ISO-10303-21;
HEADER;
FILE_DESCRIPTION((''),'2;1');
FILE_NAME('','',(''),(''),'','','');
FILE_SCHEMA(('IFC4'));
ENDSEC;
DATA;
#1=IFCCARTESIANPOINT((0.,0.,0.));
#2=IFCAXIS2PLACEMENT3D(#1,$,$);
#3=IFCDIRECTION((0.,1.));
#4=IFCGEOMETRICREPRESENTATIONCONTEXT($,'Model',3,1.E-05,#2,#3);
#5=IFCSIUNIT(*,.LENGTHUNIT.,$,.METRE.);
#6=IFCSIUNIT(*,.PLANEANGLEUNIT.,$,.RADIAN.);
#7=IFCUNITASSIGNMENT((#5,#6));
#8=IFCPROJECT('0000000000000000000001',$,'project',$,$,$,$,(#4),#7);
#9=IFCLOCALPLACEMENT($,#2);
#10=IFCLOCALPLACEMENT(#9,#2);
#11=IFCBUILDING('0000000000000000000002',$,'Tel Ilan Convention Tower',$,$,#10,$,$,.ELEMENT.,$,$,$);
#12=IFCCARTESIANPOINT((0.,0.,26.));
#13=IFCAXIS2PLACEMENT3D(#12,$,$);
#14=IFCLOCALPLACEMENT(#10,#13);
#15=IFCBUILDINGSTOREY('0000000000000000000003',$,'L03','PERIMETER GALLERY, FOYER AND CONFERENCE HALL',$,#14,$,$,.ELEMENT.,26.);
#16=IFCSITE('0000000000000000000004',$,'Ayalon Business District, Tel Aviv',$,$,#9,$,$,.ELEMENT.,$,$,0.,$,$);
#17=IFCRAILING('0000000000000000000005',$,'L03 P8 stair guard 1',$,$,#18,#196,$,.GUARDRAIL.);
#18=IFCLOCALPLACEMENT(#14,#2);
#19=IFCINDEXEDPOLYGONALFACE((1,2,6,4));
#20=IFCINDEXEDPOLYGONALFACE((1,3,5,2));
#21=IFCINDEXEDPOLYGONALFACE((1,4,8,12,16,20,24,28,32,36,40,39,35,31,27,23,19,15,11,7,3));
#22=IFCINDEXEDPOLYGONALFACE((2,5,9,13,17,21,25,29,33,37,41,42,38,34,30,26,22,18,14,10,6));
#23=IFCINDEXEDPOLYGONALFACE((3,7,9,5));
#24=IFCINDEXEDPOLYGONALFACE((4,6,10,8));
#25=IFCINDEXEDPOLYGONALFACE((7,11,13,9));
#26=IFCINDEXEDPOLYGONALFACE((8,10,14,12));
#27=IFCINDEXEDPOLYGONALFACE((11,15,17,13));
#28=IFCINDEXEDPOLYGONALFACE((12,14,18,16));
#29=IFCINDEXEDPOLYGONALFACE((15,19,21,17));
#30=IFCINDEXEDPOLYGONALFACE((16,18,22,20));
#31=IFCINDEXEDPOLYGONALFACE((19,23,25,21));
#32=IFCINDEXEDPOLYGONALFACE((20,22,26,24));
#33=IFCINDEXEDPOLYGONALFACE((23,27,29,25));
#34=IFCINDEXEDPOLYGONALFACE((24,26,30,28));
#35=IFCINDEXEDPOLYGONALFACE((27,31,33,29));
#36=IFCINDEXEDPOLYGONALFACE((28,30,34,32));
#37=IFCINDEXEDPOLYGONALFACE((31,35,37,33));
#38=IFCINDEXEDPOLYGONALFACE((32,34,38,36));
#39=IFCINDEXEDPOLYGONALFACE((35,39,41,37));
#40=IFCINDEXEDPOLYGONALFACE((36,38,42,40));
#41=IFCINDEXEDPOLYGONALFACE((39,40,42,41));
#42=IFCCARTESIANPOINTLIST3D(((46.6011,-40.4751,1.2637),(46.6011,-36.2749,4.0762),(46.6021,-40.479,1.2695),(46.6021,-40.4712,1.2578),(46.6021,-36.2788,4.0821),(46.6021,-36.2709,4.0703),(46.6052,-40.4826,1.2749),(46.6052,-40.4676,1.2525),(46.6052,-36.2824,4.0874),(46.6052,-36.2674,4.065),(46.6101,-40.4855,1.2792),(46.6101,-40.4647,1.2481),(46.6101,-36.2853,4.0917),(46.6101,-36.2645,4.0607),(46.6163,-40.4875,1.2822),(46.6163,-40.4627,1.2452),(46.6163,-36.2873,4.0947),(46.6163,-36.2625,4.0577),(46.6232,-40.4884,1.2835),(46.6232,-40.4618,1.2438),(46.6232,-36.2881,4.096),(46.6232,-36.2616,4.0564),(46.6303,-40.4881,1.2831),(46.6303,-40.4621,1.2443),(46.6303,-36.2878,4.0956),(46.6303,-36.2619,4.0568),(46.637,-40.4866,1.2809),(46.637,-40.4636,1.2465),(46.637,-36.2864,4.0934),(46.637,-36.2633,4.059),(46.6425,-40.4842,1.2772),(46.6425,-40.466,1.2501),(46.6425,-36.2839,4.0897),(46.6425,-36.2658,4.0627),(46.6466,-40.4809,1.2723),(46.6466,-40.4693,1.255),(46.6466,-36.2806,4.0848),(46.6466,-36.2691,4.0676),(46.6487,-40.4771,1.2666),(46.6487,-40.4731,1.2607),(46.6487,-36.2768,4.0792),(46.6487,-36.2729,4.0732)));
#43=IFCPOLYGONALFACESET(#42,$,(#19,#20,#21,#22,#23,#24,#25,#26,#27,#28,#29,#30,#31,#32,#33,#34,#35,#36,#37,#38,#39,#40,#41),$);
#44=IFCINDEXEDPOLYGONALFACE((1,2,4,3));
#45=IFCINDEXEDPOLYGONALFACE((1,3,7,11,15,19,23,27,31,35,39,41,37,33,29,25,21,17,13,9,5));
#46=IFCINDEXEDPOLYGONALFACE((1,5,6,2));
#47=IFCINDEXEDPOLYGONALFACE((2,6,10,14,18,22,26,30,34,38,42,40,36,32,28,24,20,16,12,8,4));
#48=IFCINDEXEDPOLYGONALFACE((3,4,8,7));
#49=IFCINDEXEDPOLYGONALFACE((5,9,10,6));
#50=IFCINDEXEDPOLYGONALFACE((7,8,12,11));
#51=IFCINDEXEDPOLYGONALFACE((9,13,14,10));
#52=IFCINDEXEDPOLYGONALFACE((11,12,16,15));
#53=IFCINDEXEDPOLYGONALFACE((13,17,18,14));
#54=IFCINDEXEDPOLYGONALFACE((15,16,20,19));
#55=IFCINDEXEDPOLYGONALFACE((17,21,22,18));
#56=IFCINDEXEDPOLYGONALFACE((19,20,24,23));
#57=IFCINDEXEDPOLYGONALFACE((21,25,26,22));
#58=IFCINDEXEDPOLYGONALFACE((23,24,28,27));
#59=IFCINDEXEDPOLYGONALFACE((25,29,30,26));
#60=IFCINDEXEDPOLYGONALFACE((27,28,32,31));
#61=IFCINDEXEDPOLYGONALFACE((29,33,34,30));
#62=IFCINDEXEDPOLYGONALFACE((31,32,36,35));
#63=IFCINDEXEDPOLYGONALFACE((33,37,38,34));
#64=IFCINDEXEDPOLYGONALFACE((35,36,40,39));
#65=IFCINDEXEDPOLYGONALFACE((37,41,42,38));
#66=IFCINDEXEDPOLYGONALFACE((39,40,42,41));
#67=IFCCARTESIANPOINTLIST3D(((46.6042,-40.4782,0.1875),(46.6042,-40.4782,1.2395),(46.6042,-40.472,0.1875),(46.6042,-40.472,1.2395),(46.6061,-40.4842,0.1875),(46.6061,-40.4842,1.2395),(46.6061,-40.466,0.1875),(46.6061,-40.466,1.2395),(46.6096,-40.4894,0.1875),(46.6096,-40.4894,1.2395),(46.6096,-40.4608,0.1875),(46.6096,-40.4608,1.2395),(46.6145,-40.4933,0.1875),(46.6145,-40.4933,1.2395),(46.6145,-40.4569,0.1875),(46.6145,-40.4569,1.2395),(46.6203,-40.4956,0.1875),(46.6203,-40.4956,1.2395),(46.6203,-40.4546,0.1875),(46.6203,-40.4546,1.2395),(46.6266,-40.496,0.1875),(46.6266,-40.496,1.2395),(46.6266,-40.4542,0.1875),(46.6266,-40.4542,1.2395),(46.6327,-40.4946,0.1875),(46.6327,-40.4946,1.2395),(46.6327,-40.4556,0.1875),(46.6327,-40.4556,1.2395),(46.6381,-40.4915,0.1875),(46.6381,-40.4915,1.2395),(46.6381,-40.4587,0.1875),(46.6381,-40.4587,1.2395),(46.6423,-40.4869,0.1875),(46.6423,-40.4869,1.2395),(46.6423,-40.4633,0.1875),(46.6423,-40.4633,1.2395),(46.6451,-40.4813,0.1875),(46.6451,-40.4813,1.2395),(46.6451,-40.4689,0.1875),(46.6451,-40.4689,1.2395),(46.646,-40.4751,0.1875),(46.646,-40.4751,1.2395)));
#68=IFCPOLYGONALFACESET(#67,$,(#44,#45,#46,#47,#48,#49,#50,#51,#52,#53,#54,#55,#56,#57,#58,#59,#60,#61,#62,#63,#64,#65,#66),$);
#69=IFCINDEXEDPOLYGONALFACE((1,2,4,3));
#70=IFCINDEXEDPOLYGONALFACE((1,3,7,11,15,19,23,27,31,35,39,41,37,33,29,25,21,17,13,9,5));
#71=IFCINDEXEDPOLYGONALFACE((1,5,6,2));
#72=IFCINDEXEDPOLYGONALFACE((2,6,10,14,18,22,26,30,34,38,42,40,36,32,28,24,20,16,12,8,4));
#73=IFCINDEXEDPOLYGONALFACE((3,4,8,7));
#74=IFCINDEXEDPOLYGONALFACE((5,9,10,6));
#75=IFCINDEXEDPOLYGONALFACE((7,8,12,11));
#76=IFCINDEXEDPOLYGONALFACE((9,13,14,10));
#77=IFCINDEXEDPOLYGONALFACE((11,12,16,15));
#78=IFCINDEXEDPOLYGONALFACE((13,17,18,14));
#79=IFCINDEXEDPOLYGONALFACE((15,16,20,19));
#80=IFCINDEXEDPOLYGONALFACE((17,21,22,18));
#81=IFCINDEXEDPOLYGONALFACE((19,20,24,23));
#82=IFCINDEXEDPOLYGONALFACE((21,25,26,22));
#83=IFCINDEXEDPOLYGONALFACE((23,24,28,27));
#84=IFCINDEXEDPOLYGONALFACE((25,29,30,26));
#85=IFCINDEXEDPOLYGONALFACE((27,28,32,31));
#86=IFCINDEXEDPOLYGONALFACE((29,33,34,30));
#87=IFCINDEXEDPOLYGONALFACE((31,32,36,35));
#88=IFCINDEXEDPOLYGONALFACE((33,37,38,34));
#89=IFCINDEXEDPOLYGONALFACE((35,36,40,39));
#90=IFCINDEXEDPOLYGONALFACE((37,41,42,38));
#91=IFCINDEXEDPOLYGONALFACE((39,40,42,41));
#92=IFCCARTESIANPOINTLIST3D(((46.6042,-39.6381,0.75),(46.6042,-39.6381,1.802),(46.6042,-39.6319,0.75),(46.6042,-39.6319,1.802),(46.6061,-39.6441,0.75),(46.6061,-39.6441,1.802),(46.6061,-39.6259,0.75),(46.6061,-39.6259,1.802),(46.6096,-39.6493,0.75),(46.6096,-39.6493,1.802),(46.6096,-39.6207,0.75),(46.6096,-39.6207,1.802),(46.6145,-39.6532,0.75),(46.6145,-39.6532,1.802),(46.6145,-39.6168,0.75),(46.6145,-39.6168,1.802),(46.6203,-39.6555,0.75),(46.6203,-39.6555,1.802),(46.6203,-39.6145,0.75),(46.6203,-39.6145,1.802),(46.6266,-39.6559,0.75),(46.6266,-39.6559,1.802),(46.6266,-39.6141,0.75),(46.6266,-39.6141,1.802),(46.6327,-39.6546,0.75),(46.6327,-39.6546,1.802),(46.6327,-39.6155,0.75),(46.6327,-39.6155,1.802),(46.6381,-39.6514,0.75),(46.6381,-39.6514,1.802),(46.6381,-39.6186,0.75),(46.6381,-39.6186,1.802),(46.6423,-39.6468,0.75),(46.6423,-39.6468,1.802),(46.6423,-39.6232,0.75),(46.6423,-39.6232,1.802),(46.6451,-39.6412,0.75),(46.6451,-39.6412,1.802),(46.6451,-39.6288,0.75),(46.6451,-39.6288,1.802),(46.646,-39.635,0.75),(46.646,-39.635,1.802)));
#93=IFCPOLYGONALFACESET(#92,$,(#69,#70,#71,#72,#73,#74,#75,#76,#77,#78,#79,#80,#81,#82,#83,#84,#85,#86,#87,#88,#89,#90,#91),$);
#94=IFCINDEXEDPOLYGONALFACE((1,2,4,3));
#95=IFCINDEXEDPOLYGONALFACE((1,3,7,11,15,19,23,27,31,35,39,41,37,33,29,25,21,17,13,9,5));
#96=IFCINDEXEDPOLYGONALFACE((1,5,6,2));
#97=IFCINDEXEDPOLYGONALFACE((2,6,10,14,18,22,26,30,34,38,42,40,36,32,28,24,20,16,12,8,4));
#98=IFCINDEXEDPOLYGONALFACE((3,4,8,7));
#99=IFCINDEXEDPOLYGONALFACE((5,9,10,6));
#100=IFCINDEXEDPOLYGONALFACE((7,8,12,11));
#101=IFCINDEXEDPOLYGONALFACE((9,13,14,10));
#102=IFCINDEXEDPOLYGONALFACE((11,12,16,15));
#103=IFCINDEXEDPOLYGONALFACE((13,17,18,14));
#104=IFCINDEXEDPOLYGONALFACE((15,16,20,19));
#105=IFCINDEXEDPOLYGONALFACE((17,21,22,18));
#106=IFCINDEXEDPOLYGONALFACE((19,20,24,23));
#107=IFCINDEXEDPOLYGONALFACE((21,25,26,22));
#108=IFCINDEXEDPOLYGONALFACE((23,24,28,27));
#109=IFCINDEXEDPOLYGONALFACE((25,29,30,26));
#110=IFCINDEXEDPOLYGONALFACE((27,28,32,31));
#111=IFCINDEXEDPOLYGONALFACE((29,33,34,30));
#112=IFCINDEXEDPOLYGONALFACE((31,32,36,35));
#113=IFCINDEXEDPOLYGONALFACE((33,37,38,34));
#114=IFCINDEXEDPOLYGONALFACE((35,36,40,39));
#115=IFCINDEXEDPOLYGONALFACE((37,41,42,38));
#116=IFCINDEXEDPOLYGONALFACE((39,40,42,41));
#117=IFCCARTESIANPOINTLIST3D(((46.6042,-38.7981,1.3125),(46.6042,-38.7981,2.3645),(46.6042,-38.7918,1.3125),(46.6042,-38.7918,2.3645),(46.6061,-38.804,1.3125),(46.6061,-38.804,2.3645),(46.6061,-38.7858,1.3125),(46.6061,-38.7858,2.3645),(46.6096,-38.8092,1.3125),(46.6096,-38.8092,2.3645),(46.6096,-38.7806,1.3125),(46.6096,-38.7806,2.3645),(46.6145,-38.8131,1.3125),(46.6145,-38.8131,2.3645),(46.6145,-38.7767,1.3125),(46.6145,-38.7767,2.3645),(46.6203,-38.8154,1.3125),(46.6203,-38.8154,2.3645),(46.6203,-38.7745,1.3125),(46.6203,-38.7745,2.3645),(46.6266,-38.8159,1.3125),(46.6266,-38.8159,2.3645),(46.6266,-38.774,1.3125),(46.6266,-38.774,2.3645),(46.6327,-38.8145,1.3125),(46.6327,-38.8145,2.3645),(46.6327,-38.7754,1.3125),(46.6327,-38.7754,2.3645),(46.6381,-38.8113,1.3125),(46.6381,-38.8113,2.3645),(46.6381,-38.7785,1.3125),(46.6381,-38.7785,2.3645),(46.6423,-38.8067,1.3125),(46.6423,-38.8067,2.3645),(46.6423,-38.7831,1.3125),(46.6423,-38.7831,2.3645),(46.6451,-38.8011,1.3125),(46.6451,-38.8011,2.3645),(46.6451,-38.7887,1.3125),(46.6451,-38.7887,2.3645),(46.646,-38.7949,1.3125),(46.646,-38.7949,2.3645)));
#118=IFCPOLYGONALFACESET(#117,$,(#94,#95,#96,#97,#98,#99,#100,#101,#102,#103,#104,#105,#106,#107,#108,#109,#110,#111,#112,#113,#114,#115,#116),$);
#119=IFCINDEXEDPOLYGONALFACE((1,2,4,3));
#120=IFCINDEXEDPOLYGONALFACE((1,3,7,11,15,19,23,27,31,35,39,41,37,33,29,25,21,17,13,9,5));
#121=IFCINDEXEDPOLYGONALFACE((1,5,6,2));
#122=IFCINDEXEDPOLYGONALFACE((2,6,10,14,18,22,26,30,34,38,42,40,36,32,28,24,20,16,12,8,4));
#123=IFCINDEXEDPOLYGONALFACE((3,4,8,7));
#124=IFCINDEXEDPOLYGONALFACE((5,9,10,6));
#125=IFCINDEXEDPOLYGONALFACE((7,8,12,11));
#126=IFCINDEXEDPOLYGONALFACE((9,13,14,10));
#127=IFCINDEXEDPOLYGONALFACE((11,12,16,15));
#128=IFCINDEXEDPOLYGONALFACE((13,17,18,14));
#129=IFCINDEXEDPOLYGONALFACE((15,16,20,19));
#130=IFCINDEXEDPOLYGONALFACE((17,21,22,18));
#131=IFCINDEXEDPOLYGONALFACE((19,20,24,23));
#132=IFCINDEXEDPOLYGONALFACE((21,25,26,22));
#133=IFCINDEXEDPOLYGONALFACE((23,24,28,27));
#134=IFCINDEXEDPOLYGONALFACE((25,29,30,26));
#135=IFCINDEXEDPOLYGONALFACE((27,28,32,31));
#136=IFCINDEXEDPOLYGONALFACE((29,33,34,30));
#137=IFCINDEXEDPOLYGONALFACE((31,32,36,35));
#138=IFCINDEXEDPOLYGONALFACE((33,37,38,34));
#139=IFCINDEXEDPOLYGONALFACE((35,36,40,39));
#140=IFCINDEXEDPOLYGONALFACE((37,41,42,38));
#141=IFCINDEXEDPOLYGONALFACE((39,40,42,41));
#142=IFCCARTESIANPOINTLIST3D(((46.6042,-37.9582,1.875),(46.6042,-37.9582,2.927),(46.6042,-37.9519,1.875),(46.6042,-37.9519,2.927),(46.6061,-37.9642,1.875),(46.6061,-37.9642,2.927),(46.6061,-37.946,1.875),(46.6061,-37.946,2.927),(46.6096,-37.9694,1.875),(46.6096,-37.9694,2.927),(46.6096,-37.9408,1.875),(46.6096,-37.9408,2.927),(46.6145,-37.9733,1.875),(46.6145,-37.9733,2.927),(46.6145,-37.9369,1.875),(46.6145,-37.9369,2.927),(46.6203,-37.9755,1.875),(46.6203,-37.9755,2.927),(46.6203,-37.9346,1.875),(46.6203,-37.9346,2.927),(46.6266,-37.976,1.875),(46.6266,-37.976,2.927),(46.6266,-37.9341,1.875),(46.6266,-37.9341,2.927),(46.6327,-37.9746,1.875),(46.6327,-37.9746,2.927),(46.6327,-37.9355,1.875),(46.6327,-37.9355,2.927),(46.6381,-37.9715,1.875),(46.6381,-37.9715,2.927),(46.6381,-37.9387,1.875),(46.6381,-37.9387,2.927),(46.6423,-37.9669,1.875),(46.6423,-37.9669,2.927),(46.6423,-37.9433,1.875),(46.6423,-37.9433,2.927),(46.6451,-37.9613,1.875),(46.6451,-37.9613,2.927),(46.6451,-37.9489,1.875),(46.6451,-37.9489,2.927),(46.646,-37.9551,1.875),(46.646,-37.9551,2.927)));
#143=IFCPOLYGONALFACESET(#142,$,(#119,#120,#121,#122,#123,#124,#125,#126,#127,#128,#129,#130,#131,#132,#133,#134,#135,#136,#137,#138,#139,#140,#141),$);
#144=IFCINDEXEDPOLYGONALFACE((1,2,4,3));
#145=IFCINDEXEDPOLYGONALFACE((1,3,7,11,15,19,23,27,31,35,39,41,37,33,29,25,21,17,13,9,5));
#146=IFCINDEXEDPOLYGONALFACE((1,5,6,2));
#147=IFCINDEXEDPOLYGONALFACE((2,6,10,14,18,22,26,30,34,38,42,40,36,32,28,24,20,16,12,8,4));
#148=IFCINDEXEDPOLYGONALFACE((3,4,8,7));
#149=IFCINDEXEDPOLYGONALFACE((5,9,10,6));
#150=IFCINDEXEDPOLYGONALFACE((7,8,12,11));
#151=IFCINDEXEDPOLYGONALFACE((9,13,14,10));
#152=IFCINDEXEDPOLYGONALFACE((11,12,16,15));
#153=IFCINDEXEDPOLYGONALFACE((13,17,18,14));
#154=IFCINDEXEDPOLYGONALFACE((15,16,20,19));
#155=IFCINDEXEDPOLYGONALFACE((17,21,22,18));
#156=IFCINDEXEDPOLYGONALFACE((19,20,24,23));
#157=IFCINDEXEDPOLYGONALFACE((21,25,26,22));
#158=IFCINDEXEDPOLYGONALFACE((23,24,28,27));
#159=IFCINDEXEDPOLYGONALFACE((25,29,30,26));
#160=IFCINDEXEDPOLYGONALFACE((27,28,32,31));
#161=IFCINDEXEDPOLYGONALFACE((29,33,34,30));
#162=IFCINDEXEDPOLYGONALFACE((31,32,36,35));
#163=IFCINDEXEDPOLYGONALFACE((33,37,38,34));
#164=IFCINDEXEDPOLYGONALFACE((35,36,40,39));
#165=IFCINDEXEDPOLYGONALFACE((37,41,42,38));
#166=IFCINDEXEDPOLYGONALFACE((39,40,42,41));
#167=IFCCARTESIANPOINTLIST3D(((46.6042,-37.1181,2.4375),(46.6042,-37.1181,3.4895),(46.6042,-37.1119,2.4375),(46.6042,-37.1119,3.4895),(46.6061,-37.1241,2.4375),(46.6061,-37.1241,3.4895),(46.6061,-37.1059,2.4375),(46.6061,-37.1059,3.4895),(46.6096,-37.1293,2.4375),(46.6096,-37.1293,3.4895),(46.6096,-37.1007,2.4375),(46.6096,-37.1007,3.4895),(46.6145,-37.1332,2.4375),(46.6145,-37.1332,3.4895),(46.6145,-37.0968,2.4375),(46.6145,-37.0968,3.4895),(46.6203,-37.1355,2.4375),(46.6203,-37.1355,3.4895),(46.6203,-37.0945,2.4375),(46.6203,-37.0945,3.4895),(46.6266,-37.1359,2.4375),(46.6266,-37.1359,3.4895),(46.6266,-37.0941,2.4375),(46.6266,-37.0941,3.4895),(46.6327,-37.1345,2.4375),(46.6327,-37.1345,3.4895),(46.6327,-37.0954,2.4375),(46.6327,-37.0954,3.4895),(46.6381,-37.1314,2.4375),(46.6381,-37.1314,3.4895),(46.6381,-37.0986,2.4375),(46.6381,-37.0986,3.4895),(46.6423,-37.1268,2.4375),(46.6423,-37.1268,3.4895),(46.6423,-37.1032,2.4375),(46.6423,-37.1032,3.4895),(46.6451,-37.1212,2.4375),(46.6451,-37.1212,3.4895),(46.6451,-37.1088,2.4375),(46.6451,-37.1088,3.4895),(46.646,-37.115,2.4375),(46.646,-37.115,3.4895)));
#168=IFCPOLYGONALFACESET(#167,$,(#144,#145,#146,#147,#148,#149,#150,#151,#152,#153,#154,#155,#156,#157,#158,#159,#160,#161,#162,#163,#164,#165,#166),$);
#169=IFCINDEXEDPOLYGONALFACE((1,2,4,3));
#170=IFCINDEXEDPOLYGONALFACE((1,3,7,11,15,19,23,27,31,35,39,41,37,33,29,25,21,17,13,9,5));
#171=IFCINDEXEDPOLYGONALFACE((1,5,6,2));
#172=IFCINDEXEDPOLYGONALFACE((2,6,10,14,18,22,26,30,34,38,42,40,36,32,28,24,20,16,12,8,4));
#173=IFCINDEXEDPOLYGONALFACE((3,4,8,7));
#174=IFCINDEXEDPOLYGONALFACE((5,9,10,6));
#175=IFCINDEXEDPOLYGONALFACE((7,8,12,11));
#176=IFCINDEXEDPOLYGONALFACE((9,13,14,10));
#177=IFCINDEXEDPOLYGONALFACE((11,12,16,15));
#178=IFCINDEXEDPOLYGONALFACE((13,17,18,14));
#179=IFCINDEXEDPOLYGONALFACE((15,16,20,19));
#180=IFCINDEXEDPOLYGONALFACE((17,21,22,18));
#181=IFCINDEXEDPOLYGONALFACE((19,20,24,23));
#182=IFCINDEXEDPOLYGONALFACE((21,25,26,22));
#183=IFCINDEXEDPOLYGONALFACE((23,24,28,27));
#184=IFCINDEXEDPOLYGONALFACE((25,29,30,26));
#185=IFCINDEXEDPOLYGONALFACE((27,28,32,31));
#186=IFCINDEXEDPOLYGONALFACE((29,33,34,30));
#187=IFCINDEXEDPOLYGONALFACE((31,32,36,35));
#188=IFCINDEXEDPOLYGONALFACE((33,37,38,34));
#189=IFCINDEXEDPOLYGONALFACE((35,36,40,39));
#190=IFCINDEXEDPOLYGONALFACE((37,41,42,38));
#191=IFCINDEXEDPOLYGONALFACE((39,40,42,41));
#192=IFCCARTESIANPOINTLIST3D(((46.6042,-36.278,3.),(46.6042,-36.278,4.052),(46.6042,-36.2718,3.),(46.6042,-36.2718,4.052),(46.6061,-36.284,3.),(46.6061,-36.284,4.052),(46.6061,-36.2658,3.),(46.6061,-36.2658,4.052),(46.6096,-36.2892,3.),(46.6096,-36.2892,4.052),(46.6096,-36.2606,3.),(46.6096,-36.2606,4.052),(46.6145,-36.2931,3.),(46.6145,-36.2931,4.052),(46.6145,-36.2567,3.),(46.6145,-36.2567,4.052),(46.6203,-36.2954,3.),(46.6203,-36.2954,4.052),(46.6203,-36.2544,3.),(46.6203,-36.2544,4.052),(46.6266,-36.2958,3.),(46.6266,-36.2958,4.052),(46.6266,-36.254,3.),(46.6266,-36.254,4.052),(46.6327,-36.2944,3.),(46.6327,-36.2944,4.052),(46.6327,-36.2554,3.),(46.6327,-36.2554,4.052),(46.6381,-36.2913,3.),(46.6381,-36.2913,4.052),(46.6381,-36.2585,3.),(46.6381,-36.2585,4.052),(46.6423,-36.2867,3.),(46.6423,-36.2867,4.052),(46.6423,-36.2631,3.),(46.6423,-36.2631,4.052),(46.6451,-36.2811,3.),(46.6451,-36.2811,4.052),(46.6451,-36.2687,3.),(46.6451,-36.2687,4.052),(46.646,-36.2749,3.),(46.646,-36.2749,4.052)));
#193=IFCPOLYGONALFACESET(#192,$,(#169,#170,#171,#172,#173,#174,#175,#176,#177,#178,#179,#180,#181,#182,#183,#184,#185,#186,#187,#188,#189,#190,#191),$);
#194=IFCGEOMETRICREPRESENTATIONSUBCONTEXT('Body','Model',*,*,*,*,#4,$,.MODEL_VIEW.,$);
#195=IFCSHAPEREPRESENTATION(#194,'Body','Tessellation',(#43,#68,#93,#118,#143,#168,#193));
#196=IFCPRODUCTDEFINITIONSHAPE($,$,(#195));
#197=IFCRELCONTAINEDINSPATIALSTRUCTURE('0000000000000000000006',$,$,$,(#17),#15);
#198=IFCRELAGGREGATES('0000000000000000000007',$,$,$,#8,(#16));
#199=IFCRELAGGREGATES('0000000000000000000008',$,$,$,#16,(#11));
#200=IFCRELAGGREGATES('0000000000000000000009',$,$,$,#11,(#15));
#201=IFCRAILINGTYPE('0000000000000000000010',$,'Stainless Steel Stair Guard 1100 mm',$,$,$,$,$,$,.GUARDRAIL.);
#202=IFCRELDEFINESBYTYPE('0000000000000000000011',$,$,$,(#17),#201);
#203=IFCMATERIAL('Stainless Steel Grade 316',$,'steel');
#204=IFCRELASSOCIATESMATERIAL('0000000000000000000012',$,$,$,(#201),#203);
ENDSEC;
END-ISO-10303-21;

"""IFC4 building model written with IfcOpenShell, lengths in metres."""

from ifc_helpers import new_model, si_unit, direction, frame, origin, origin_2d, place, context, subcontext, project, spatial, circle, extrude, material, type_object, element, save


model = new_model("IFC4")

# Units and contexts
model_context = context("Model", 3, precision=1e-05, world=origin(), true_north=direction((0.0, 1.0)))
body_context = subcontext(model_context, "Body", "Model", "MODEL_VIEW")
ifc_project = project(units=[si_unit("LENGTHUNIT", "METRE"), si_unit("PLANEANGLEUNIT", "RADIAN")], contexts=[model_context])

# Site, building, storey
site_placement = place(None, origin())
site = spatial("IfcSite", under=ifc_project, at=site_placement, Name="Ayalon Business District, Tel Aviv", CompositionType="ELEMENT", RefElevation=0.0)
building_placement = place(site_placement, origin())
building = spatial("IfcBuilding", under=site, at=building_placement, Name="Tel Ilan Convention Tower", CompositionType="ELEMENT")
storey_placement = place(building_placement, frame((0.0, 0.0, 26.0)))
storey = spatial("IfcBuildingStorey", under=building, at=storey_placement, Name="L03", Description="PERIMETER GALLERY, FOYER AND CONFERENCE HALL", CompositionType="ELEMENT", Elevation=26.0)

# Railing
ifc_material_1 = material(Name="Stainless Steel Grade 316", Category="steel")
railing_type_1 = type_object("IfcRailingType", Name="Stainless Steel Stair Guard 1100 mm", PredefinedType="GUARDRAIL", material=ifc_material_1)
railing_1_placement = place(storey_placement, frame((46.625, -40.4751, 0.1875)))
element("IfcRailing", 1, at=railing_1_placement, inside=storey, type_object=railing_type_1, Name="L03 P8 stair guard 1", PredefinedType="GUARDRAIL", context=body_context, shape_type="SweptSolid", body=[
    extrude(circle(Radius=0.0239, at=origin_2d()), frame((0.0, 0.0, 1.0762), z_axis=(0.0, 0.830919, 0.556393), x_axis=(-1.0, 0.0, 0.0)), (0.0, 0.0, 1.0), 5.0549),
    extrude(circle(Radius=0.021, at=origin_2d()), origin(), (0.0, 0.0, 1.0), 1.052),
    extrude(circle(Radius=0.021, at=origin_2d()), frame((0.0, 0.8401, 0.5625)), (0.0, 0.0, 1.0), 1.052),
    extrude(circle(Radius=0.021, at=origin_2d()), frame((0.0, 1.6802, 1.125)), (0.0, 0.0, 1.0), 1.052),
    extrude(circle(Radius=0.021, at=origin_2d()), frame((0.0, 2.52, 1.6875)), (0.0, 0.0, 1.0), 1.052),
    extrude(circle(Radius=0.021, at=origin_2d()), frame((0.0, 3.3601, 2.25)), (0.0, 0.0, 1.0), 1.052),
    extrude(circle(Radius=0.021, at=origin_2d()), frame((0.0, 4.2002, 2.8125)), (0.0, 0.0, 1.0), 1.052),
])

save(model, "model.ifc")
